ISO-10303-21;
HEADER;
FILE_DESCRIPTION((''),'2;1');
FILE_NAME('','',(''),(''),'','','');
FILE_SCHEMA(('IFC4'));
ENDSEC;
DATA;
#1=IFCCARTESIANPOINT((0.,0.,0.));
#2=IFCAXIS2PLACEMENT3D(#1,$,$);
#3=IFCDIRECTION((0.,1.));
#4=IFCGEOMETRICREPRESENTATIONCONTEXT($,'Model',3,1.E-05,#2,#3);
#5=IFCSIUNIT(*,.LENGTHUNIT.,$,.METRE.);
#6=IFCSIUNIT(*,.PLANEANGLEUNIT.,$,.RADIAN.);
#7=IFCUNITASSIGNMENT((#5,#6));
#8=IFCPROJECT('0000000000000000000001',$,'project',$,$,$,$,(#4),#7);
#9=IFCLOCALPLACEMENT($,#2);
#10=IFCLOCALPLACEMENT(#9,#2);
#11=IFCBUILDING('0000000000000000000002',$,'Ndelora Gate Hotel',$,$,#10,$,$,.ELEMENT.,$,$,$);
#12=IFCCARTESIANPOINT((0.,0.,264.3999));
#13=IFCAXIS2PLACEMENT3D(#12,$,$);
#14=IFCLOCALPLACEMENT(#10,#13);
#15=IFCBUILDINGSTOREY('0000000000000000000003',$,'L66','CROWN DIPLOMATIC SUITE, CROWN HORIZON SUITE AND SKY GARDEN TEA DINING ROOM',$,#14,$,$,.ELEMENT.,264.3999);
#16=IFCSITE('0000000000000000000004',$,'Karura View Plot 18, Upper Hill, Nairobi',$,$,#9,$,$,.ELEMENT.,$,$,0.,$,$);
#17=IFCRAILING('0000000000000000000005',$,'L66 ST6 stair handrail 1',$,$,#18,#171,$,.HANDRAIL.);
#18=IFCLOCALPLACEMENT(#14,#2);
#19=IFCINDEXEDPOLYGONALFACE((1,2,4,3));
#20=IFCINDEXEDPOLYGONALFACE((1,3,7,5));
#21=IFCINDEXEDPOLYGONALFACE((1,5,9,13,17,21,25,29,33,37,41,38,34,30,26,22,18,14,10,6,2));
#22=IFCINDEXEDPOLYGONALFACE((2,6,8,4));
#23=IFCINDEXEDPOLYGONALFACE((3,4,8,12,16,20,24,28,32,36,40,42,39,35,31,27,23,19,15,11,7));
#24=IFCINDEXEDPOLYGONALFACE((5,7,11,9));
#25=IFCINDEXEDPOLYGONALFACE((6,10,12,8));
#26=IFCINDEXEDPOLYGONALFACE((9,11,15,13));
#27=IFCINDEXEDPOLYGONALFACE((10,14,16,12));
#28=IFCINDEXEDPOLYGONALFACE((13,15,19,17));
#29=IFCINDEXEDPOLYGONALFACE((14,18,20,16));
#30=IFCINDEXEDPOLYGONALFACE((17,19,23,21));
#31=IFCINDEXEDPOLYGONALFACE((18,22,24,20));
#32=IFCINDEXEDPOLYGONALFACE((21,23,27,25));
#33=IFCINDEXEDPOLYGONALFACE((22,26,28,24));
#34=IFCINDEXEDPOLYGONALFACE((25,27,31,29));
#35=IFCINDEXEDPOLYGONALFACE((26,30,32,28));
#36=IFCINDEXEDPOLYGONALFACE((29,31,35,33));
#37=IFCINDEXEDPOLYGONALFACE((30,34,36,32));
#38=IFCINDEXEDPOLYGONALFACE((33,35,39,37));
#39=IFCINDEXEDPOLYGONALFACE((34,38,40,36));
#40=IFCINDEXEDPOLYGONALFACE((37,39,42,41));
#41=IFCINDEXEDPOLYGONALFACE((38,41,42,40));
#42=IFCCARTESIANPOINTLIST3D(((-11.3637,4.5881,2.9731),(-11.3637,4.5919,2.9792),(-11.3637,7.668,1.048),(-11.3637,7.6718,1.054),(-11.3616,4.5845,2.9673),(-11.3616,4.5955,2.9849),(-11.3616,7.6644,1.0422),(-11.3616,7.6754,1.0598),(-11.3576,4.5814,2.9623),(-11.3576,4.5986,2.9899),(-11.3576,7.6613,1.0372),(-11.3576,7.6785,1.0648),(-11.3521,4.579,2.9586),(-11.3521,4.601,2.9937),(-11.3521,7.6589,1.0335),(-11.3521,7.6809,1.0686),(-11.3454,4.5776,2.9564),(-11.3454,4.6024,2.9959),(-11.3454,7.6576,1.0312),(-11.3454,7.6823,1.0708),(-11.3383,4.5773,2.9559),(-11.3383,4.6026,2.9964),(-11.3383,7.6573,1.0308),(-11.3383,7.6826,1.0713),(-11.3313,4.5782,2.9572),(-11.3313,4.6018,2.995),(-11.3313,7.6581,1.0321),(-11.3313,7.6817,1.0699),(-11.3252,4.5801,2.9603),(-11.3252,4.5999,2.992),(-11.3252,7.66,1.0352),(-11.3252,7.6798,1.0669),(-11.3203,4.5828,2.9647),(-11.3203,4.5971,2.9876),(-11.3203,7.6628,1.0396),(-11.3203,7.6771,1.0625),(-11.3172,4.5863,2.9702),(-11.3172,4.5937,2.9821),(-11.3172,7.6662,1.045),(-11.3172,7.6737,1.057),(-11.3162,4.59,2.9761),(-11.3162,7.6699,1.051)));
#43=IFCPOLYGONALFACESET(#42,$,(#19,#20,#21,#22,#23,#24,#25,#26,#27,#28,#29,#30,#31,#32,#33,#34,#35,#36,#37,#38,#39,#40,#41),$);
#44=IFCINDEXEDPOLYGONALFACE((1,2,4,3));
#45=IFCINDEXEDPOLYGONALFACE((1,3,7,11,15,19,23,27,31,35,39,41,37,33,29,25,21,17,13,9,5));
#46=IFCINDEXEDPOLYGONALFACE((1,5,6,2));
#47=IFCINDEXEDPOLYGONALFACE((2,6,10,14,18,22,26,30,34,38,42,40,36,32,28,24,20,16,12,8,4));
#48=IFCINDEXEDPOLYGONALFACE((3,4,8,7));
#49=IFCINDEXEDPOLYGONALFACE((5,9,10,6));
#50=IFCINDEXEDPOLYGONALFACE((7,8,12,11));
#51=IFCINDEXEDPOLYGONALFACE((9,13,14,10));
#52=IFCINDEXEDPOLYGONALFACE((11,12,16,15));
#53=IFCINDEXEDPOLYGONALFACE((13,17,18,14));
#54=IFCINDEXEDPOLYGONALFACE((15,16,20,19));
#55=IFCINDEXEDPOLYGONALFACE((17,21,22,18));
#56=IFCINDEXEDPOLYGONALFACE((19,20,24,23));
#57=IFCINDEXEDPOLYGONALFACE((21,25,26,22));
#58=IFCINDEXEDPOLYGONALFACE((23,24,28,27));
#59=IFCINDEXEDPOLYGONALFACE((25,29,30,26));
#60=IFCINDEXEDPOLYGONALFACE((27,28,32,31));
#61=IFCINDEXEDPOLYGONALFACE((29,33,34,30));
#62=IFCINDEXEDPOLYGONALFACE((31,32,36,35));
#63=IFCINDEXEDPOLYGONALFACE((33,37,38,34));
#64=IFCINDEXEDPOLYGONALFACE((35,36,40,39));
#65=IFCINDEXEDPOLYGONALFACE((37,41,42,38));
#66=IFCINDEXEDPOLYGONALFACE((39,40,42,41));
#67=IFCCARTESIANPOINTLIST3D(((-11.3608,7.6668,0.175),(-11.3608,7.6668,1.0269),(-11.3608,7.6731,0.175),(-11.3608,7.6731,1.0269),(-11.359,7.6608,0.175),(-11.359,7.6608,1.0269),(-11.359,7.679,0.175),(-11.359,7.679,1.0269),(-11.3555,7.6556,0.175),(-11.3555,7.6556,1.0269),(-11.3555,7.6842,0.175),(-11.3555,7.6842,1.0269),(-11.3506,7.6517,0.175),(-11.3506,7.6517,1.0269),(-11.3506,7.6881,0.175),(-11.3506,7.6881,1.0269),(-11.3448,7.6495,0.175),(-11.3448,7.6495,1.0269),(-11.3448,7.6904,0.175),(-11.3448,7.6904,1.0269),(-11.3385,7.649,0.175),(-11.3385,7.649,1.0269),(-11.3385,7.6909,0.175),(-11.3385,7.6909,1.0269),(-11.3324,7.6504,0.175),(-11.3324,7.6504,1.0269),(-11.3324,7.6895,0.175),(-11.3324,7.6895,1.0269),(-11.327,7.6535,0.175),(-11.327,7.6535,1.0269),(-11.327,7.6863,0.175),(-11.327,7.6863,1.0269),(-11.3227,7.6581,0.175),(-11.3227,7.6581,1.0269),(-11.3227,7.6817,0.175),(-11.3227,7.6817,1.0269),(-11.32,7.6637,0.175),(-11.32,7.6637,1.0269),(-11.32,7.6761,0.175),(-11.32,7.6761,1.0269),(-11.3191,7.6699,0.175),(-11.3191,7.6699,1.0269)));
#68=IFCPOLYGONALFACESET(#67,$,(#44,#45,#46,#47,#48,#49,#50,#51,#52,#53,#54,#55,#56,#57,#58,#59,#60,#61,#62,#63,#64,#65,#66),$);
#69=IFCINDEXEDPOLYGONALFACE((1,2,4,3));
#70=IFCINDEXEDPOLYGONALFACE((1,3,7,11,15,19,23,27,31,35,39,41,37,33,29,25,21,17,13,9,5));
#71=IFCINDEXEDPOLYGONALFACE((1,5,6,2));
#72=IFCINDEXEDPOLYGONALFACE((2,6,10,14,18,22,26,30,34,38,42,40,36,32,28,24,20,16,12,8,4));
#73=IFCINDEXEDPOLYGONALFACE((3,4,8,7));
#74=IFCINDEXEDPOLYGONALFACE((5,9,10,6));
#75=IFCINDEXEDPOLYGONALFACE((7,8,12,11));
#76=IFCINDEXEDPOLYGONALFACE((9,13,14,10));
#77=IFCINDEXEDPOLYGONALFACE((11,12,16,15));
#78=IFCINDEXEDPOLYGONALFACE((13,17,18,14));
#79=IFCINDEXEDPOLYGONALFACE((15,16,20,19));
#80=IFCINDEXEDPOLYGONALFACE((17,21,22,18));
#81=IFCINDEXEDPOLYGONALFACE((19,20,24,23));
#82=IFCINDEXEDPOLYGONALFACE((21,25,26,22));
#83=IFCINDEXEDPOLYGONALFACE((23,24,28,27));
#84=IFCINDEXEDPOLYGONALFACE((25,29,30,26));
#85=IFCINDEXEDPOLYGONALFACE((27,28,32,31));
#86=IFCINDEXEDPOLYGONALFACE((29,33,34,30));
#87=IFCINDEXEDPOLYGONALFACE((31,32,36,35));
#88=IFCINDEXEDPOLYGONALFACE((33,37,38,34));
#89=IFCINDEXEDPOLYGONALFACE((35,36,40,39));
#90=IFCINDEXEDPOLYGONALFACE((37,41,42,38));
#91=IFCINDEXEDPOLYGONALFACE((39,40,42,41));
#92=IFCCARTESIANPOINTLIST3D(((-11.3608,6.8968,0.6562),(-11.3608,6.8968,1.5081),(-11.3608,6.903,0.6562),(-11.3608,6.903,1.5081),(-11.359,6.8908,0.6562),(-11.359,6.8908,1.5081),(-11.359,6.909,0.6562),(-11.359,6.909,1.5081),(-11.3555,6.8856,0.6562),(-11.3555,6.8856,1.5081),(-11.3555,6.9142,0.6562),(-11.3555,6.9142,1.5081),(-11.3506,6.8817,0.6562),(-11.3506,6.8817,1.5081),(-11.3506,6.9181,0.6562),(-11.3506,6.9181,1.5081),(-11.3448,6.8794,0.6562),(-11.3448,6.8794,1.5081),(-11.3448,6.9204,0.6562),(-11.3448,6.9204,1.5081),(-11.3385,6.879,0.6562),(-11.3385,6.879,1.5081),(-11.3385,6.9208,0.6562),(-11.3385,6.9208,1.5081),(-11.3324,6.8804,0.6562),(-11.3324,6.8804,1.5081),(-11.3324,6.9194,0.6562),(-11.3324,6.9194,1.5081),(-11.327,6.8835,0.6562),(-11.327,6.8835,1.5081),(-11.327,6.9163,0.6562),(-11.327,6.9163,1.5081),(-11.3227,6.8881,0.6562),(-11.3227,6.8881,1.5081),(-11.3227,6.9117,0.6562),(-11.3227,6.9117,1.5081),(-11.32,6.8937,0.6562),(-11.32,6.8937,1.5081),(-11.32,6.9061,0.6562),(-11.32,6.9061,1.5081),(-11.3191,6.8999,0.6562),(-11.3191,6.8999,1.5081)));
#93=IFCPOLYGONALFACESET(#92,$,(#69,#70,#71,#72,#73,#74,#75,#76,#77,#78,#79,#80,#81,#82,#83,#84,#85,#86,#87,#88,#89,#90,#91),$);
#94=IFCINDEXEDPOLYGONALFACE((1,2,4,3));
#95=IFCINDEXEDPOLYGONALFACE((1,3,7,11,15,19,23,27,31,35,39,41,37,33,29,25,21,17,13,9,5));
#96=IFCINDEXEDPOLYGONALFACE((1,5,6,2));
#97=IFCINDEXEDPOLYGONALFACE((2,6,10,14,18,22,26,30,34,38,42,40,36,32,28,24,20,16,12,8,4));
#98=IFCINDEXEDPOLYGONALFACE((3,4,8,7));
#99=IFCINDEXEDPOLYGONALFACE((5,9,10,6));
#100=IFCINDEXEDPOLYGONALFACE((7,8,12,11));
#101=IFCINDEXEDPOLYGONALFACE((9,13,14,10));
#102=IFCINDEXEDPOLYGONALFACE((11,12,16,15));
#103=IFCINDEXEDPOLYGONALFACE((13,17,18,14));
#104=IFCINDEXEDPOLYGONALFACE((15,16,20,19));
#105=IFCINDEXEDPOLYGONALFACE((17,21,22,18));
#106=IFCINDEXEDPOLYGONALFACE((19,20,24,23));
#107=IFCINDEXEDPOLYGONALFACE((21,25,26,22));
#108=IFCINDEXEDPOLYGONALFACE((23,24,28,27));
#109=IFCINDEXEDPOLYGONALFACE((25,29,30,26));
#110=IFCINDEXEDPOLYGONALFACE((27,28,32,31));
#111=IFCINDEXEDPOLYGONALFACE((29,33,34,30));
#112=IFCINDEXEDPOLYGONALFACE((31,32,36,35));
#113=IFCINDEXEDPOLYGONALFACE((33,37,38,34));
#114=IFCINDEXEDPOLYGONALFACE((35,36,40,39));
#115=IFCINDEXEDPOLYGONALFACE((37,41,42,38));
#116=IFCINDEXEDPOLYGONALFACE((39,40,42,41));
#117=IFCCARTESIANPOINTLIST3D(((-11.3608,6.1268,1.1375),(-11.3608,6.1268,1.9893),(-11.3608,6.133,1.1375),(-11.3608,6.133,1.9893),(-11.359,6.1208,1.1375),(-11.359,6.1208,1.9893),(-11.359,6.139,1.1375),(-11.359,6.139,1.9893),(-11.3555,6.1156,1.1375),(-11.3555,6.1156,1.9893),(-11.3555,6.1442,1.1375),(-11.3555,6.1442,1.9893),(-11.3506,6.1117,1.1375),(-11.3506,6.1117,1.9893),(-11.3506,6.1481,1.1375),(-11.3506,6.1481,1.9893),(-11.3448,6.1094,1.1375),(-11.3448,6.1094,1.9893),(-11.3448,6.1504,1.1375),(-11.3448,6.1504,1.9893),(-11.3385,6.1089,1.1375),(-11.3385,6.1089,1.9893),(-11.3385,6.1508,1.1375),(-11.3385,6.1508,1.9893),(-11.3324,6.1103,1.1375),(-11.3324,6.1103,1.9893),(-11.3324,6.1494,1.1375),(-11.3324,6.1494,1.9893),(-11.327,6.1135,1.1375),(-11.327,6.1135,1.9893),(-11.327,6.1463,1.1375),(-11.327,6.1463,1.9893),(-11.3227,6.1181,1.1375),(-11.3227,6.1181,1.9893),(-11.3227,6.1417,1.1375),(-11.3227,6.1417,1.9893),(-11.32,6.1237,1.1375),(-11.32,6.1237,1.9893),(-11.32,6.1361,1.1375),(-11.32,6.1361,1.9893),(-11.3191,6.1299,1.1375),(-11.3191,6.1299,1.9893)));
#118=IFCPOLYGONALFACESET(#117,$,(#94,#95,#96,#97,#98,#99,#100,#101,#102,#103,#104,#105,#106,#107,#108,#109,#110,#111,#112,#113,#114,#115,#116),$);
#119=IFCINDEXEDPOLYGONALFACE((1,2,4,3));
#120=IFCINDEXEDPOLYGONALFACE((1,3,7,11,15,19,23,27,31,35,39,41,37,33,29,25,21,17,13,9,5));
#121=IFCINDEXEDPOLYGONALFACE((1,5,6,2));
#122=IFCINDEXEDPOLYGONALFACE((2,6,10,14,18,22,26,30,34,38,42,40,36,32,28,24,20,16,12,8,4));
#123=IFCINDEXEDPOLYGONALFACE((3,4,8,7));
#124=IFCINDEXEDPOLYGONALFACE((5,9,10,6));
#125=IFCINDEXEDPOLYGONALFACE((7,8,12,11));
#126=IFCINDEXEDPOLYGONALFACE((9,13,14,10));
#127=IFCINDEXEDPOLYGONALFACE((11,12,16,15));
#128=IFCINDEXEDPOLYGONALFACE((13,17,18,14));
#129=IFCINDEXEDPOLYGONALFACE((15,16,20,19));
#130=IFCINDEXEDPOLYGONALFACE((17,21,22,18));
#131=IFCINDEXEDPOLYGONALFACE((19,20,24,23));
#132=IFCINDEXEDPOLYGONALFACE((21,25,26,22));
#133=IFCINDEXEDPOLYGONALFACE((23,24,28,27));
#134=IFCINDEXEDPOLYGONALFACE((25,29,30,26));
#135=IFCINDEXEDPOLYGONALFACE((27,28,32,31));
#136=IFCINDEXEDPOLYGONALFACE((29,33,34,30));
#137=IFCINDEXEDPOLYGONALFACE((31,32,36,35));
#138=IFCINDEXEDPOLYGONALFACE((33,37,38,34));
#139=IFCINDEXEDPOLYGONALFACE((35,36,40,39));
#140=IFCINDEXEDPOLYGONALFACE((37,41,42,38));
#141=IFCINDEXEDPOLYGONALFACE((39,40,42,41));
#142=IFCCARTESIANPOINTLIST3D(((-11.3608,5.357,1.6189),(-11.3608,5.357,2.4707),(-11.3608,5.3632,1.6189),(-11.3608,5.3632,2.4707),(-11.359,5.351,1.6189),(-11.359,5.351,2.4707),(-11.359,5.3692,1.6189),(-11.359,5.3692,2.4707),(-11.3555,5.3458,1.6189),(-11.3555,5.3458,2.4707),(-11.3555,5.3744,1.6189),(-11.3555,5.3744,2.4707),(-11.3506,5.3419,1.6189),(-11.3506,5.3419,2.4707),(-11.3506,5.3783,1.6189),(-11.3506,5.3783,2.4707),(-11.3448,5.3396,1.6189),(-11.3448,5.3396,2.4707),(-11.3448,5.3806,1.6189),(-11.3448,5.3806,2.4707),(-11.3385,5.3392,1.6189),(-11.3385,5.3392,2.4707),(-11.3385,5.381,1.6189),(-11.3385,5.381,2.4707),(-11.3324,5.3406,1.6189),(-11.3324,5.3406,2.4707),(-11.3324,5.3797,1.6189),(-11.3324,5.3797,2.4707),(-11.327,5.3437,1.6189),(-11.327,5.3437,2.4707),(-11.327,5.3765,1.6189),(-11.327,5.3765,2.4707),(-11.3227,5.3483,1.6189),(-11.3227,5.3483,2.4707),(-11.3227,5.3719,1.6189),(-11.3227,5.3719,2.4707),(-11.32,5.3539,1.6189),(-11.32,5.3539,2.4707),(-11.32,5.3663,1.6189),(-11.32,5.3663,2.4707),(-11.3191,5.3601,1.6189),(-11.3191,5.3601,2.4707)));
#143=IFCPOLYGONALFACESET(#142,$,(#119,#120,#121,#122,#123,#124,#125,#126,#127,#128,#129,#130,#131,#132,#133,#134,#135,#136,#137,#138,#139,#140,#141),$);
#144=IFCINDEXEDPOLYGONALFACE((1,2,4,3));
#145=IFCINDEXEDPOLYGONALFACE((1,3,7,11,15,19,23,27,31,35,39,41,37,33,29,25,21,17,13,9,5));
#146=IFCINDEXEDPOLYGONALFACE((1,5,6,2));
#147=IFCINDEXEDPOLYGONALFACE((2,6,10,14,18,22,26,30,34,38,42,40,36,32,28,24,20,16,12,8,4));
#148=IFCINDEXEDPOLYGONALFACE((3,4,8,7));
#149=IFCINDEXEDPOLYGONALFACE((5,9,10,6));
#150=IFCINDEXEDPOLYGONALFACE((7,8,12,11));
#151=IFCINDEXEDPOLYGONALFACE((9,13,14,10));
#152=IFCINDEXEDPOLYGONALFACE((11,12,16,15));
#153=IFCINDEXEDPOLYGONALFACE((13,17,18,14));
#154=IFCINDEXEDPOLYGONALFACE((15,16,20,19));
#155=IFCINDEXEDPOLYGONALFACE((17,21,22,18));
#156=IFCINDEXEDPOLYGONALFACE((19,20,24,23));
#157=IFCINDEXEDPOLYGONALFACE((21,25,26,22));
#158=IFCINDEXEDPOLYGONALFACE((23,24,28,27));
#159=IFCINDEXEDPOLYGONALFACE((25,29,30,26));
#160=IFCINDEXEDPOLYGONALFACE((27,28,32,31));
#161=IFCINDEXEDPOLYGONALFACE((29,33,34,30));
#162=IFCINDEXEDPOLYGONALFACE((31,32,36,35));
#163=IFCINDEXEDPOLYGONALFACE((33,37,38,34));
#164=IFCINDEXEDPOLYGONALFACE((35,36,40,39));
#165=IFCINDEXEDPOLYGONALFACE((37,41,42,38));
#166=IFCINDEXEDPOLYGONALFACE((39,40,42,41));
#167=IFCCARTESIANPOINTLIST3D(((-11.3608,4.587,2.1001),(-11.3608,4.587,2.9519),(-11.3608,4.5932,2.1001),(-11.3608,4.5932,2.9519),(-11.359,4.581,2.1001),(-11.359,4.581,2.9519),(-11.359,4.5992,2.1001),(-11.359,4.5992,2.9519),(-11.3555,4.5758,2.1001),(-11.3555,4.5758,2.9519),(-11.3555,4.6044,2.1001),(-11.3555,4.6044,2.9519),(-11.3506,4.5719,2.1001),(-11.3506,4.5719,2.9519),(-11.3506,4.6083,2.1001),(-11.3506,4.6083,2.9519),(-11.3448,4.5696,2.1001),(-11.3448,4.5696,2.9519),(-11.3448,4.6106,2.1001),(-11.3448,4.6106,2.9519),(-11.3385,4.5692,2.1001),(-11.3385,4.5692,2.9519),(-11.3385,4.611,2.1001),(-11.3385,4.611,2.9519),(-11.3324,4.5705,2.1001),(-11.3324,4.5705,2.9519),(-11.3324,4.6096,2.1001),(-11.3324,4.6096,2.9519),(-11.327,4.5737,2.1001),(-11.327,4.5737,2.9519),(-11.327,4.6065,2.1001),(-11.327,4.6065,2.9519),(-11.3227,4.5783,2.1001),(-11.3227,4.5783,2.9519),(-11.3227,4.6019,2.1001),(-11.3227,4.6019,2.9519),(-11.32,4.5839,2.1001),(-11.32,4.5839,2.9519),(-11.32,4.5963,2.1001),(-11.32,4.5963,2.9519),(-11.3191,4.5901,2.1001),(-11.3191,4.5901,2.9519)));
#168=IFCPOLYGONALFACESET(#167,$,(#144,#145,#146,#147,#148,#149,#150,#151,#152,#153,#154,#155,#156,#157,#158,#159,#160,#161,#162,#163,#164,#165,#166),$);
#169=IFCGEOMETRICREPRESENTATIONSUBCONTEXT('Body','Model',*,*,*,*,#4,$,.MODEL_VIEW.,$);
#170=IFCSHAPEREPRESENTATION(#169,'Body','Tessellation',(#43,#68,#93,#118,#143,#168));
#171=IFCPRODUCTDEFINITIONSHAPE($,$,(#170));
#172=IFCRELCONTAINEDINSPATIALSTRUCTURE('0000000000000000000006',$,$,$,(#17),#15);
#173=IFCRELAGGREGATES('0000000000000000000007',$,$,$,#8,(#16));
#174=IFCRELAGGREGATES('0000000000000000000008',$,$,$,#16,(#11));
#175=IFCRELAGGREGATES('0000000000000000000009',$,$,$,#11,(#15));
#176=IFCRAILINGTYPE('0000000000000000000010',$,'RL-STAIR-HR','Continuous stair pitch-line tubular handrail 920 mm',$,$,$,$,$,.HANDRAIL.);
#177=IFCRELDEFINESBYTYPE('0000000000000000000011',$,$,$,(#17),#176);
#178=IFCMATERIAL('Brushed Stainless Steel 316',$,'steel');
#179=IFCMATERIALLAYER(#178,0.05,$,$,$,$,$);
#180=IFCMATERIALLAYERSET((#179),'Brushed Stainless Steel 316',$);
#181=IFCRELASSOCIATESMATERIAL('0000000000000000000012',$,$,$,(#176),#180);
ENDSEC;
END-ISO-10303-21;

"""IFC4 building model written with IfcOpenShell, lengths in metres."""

from ifc_helpers import new_model, si_unit, direction, frame, origin, origin_2d, place, context, subcontext, project, spatial, circle, extrude, material, layer, layer_set, type_object, element, save


model = new_model("IFC4")

# Units and contexts
model_context = context("Model", 3, precision=1e-05, world=origin(), true_north=direction((0.0, 1.0)))
body_context = subcontext(model_context, "Body", "Model", "MODEL_VIEW")
ifc_project = project(units=[si_unit("LENGTHUNIT", "METRE"), si_unit("PLANEANGLEUNIT", "RADIAN")], contexts=[model_context])

# Site, building, storey
site_placement = place(None, origin())
site = spatial("IfcSite", under=ifc_project, at=site_placement, Name="Karura View Plot 18, Upper Hill, Nairobi", CompositionType="ELEMENT", RefElevation=0.0)
building_placement = place(site_placement, origin())
building = spatial("IfcBuilding", under=site, at=building_placement, Name="Ndelora Gate Hotel", CompositionType="ELEMENT")
storey_placement = place(building_placement, frame((0.0, 0.0, 264.3999)))
storey = spatial("IfcBuildingStorey", under=building, at=storey_placement, Name="L66", Description="CROWN DIPLOMATIC SUITE, CROWN HORIZON SUITE AND SKY GARDEN TEA DINING ROOM", CompositionType="ELEMENT", Elevation=264.3999)

# Railing
ifc_material_1 = material(Name="Brushed Stainless Steel 316", Category="steel")
ifc_layer_1 = layer(ifc_material_1, 0.05)
ifc_layer_set_1 = layer_set([ifc_layer_1], Name="Brushed Stainless Steel 316")
railing_type_1 = type_object("IfcRailingType", Name="RL-STAIR-HR", Description="Continuous stair pitch-line tubular handrail 920 mm", PredefinedType="HANDRAIL", material=ifc_layer_set_1)
railing_1_placement = place(storey_placement, frame((-11.3401, 7.6699, 0.175)))
element("IfcRailing", 1, at=railing_1_placement, inside=storey, type_object=railing_type_1, Name="L66 ST6 stair handrail 1", PredefinedType="HANDRAIL", context=body_context, shape_type="SweptSolid", body=[
    extrude(circle(Radius=0.0239, at=origin_2d()), frame((0.0, 0.0, 0.876), z_axis=(0.0, -0.847979, 0.530029), x_axis=(1.0, 0.0, 0.0)), (0.0, 0.0, 1.0), 3.6321),
    extrude(circle(Radius=0.021, at=origin_2d()), origin(), (0.0, 0.0, 1.0), 0.8518),
    extrude(circle(Radius=0.021, at=origin_2d()), frame((0.0, -0.77, 0.4812)), (0.0, 0.0, 1.0), 0.8518),
    extrude(circle(Radius=0.021, at=origin_2d()), frame((0.0, -1.54, 0.9624)), (0.0, 0.0, 1.0), 0.8518),
    extrude(circle(Radius=0.021, at=origin_2d()), frame((0.0, -2.3098, 1.4438)), (0.0, 0.0, 1.0), 0.8518),
    extrude(circle(Radius=0.021, at=origin_2d()), frame((0.0, -3.0798, 1.925)), (0.0, 0.0, 1.0), 0.8518),
])

save(model, "model.ifc")
